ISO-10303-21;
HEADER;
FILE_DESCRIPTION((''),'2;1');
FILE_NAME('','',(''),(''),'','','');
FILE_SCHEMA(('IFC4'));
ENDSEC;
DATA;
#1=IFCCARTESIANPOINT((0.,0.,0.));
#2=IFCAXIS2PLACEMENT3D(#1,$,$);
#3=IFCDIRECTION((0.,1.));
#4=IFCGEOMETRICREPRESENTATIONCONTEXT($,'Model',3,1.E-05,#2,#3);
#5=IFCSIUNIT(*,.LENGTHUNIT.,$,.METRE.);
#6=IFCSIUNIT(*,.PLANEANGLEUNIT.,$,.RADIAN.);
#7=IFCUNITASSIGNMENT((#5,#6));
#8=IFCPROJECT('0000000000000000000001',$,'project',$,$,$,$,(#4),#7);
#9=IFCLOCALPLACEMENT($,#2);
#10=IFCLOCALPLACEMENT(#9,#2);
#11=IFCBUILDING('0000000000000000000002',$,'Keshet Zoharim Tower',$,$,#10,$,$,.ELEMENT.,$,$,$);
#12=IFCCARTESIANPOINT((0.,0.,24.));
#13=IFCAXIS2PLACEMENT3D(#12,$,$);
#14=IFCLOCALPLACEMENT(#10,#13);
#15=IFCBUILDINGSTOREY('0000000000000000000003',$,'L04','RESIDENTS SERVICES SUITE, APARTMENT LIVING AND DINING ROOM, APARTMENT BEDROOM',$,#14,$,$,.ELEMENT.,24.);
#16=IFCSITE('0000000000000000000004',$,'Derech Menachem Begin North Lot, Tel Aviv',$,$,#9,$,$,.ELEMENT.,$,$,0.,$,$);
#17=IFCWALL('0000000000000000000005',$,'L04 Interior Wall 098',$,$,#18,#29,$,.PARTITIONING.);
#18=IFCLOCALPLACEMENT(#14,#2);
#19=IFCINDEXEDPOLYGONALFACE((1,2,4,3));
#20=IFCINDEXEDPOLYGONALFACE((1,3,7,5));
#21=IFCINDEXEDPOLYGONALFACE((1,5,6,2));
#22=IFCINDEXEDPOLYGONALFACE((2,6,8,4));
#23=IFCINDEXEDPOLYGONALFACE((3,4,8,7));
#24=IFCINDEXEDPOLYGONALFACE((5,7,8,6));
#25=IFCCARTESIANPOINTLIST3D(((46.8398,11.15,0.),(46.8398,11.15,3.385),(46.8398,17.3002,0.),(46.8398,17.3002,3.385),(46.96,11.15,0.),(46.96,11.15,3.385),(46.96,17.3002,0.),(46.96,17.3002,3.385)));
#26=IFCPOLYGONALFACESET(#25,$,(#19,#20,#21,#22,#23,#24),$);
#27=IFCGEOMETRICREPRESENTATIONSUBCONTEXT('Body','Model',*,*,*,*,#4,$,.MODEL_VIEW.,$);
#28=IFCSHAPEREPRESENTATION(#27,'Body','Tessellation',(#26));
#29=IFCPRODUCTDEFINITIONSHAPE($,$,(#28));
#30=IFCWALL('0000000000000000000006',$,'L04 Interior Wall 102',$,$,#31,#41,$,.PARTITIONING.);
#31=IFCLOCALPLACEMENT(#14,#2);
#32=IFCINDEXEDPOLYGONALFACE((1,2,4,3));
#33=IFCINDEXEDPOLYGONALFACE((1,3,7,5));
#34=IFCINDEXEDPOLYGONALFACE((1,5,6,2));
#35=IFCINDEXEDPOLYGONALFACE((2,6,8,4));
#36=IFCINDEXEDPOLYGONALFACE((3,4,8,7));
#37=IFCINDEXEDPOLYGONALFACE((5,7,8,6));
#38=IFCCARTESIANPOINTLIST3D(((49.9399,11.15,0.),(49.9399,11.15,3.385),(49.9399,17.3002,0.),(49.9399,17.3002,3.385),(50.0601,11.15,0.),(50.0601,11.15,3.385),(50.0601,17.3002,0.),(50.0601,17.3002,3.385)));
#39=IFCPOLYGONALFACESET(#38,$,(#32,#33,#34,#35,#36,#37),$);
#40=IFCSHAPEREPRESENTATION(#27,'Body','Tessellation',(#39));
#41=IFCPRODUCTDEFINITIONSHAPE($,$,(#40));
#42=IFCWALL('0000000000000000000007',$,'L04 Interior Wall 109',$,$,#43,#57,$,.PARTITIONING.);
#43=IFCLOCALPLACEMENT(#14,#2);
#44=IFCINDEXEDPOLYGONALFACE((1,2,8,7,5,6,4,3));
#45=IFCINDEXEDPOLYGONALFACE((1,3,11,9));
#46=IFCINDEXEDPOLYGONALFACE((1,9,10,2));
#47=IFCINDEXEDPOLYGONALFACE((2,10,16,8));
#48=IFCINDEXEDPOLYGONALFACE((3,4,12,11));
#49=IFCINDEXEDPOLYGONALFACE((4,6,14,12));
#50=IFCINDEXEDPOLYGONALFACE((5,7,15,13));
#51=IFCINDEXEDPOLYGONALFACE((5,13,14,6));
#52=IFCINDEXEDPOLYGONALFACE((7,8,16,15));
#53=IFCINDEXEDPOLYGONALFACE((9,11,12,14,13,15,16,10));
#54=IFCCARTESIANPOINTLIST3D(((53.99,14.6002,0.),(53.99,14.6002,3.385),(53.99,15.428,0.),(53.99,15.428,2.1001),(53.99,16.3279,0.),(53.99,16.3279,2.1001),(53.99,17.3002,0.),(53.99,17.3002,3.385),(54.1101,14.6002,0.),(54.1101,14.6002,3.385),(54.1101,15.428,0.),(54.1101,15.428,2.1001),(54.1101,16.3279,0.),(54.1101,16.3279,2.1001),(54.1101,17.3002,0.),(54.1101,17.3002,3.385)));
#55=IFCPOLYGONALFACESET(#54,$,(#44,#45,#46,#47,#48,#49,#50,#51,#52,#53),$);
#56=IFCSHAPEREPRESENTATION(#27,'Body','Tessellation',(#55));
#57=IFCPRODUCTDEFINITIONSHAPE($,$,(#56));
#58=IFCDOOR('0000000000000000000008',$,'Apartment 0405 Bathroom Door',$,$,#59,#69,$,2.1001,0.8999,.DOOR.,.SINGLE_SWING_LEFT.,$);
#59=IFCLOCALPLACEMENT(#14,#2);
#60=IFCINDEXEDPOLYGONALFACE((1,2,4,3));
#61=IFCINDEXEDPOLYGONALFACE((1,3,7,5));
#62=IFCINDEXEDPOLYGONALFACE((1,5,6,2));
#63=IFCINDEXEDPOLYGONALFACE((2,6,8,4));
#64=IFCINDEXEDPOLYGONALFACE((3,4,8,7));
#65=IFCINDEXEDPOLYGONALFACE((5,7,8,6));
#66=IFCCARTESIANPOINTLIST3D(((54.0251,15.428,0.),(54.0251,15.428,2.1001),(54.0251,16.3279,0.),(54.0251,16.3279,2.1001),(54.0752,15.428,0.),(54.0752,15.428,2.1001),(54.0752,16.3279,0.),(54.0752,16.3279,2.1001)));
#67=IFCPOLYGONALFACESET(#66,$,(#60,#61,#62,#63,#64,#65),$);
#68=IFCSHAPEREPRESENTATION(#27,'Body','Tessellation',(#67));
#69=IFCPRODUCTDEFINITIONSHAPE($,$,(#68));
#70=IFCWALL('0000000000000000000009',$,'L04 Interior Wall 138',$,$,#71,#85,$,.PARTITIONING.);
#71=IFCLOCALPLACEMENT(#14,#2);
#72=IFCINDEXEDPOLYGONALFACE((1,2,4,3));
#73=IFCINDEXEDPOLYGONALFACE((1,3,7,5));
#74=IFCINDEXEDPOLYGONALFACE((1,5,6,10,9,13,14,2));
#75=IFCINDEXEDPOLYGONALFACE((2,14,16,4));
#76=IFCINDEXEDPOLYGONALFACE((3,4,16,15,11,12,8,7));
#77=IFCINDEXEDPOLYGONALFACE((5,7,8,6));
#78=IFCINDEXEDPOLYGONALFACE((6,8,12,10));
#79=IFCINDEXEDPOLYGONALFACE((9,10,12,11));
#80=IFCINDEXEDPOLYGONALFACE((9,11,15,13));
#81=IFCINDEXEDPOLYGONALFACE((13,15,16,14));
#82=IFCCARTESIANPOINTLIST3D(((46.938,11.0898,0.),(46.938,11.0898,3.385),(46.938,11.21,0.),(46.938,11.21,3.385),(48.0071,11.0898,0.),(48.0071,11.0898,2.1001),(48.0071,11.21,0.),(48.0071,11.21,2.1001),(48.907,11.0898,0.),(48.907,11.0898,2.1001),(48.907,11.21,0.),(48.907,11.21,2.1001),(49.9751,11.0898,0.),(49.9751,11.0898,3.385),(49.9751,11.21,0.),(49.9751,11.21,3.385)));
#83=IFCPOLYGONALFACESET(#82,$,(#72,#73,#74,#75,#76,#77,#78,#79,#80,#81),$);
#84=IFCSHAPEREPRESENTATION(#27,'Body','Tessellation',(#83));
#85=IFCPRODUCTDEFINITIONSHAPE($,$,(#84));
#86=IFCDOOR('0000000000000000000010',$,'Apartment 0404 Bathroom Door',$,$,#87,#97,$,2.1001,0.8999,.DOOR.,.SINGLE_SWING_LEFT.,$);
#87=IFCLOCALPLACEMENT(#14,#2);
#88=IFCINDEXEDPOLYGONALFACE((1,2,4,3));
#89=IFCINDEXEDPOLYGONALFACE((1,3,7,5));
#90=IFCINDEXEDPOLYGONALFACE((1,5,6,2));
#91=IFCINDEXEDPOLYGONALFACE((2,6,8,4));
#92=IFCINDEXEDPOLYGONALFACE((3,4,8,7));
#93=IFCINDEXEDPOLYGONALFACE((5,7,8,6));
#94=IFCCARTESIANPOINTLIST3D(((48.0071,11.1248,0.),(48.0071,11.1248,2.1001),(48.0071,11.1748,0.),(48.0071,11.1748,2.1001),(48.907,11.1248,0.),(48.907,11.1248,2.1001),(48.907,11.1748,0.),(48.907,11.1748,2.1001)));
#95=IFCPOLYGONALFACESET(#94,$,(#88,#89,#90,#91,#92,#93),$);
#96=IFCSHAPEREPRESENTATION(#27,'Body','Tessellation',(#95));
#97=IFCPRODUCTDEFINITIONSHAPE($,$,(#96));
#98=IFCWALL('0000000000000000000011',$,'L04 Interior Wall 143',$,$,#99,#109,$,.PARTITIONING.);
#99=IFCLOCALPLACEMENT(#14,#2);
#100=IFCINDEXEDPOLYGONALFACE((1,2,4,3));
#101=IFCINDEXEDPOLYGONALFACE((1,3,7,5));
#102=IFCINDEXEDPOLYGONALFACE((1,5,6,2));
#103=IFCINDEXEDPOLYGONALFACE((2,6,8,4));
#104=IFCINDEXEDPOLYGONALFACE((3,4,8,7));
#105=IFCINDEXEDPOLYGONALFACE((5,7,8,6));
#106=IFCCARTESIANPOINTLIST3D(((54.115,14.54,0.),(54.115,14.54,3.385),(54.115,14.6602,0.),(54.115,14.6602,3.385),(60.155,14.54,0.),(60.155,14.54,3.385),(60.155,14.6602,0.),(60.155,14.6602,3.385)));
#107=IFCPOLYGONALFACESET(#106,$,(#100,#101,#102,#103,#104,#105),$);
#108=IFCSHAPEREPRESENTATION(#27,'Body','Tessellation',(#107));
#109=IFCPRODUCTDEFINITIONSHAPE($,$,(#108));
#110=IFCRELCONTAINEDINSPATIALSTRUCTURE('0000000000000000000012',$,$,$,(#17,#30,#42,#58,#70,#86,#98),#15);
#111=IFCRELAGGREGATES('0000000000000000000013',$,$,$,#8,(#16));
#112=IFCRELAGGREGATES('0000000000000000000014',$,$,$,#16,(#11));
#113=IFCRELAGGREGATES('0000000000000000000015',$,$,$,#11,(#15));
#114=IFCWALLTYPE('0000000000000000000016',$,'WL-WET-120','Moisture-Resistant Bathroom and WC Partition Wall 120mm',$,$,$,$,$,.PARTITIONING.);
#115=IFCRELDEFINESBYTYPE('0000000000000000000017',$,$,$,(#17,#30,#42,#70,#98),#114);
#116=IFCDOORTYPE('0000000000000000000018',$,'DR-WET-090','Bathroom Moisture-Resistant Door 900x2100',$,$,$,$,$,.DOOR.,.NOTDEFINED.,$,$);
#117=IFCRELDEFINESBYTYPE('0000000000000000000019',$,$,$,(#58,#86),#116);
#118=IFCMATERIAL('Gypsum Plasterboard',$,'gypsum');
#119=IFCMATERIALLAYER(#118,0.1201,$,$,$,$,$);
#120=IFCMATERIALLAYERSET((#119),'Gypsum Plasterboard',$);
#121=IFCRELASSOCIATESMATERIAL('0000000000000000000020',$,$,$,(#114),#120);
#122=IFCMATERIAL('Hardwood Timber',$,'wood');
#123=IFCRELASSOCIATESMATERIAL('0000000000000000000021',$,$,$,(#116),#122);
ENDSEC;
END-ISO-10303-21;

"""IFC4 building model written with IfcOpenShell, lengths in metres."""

from ifc_helpers import new_model, si_unit, direction, frame, frame_2d, origin, place, context, subcontext, project, spatial, rectangle, extrude, material, layer, layer_set, type_object, element, fill, save


model = new_model("IFC4")

# Units and contexts
model_context = context("Model", 3, precision=1e-05, world=origin(), true_north=direction((0.0, 1.0)))
body_context = subcontext(model_context, "Body", "Model", "MODEL_VIEW")
ifc_project = project(units=[si_unit("LENGTHUNIT", "METRE"), si_unit("PLANEANGLEUNIT", "RADIAN")], contexts=[model_context])

# Site, building, storey
site_placement = place(None, origin())
site = spatial("IfcSite", under=ifc_project, at=site_placement, Name="Derech Menachem Begin North Lot, Tel Aviv", CompositionType="ELEMENT", RefElevation=0.0)
building_placement = place(site_placement, origin())
building = spatial("IfcBuilding", under=site, at=building_placement, Name="Keshet Zoharim Tower", CompositionType="ELEMENT")
storey_placement = place(building_placement, frame((0.0, 0.0, 24.0)))
storey = spatial("IfcBuildingStorey", under=building, at=storey_placement, Name="L04", Description="RESIDENTS SERVICES SUITE, APARTMENT LIVING AND DINING ROOM, APARTMENT BEDROOM", CompositionType="ELEMENT", Elevation=24.0)

# Shared definitions
ifc_material_1 = material(Name="Gypsum Plasterboard", Category="gypsum")

# Shared definitions
ifc_material_2 = material(Name="Hardwood Timber", Category="wood")

# Walls
ifc_layer_1 = layer(ifc_material_1, 0.1201)
ifc_layer_set_1 = layer_set([ifc_layer_1], Name="Gypsum Plasterboard")
wall_type_1 = type_object("IfcWallType", Name="WL-WET-120", Description="Moisture-Resistant Bathroom and WC Partition Wall 120mm", PredefinedType="PARTITIONING", material=ifc_layer_set_1)
for number, where, z_axis, x_axis, name in (
    (1, (46.8999, 11.1499, 0.0), (0.0, 0.0, 1.0), (0.0, 1.0, 0.0), "L04 Interior Wall 098"),
    (2, (50.0, 11.1499, 0.0), (0.0, 0.0, 1.0), (0.0, 1.0, 0.0), "L04 Interior Wall 102"),
):
    element("IfcWall", number, at=place(storey_placement, frame(where, z_axis=z_axis, x_axis=x_axis)), inside=storey, type_object=wall_type_1, Name=name, PredefinedType="PARTITIONING", context=body_context, shape_type="SweptSolid", body=[
        extrude(rectangle(XDim=6.1501, YDim=0.1201, at=frame_2d((3.0752, 0.0))), origin(), (0.0, 0.0, 1.0), 3.385),
    ])

# Walls, openings, doors
wall_1_placement = place(storey_placement, frame((54.05, 14.6001, 0.0), z_axis=(0.0, 0.0, 1.0), x_axis=(0.0, 1.0, 0.0)))
wall_1 = element("IfcWall", 3, at=wall_1_placement, inside=storey, type_object=wall_type_1, Name="L04 Interior Wall 109", PredefinedType="PARTITIONING", context=body_context, shape_type="SweptSolid", body=[
    extrude(rectangle(XDim=2.7, YDim=0.1201, at=frame_2d((1.3501, 0.0))), origin(), (0.0, 0.0, 1.0), 3.385),
])
opening_1_placement = place(wall_1_placement, frame((0.8279, 0.0, 0.0)))
opening_1 = element("IfcOpeningElement", 4, at=opening_1_placement, cuts=wall_1, PredefinedType="OPENING", context=body_context, shape_type="SweptSolid", body=[
    extrude(rectangle(XDim=0.8999, YDim=2.1001, at=frame_2d((0.45, 1.05))), frame((0.0, 0.0701, 0.0), z_axis=(0.0, -1.0, 0.0), x_axis=(1.0, 0.0, 0.0)), (0.0, 0.0, 1.0), 0.1401),
])
door_type_1 = type_object("IfcDoorType", Name="DR-WET-090", Description="Bathroom Moisture-Resistant Door 900x2100", OperationType="NOTDEFINED", PredefinedType="DOOR", material=ifc_material_2)
door_1_placement = place(opening_1_placement, origin())
door_1 = element("IfcDoor", 5, at=door_1_placement, inside=storey, type_object=door_type_1, Name="Apartment 0405 Bathroom Door", OperationType="SINGLE_SWING_LEFT", OverallHeight=2.1001, OverallWidth=0.8999, PredefinedType="DOOR", context=body_context, shape_type="SweptSolid", body=[
    extrude(rectangle(XDim=0.8999, YDim=2.1001, at=frame_2d((0.45, 1.05))), frame((0.0, 0.0249, 0.0), z_axis=(0.0, -1.0, 0.0), x_axis=(1.0, 0.0, 0.0)), (0.0, 0.0, 1.0), 0.05),
])
fill(opening_1, door_1)
wall_2_placement = place(storey_placement, frame((46.938, 11.1499, 0.0), z_axis=(0.0, 0.0, 1.0), x_axis=(1.0, 0.0, 0.0)))
wall_2 = element("IfcWall", 6, at=wall_2_placement, inside=storey, type_object=wall_type_1, Name="L04 Interior Wall 138", PredefinedType="PARTITIONING", context=body_context, shape_type="SweptSolid", body=[
    extrude(rectangle(XDim=3.0371, YDim=0.1201, at=frame_2d((1.5186, 0.0))), origin(), (0.0, 0.0, 1.0), 3.385),
])
opening_2_placement = place(wall_2_placement, frame((1.0691, 0.0, 0.0)))
opening_2 = element("IfcOpeningElement", 7, at=opening_2_placement, cuts=wall_2, PredefinedType="OPENING", context=body_context, shape_type="SweptSolid", body=[
    extrude(rectangle(XDim=0.8999, YDim=2.1001, at=frame_2d((0.45, 1.05))), frame((0.0, 0.0701, 0.0), z_axis=(0.0, -1.0, 0.0), x_axis=(1.0, 0.0, 0.0)), (0.0, 0.0, 1.0), 0.1401),
])
door_2_placement = place(opening_2_placement, origin())
door_2 = element("IfcDoor", 8, at=door_2_placement, inside=storey, type_object=door_type_1, Name="Apartment 0404 Bathroom Door", OperationType="SINGLE_SWING_LEFT", OverallHeight=2.1001, OverallWidth=0.8999, PredefinedType="DOOR", context=body_context, shape_type="SweptSolid", body=[
    extrude(rectangle(XDim=0.8999, YDim=2.1001, at=frame_2d((0.45, 1.05))), frame((0.0, 0.0249, 0.0), z_axis=(0.0, -1.0, 0.0), x_axis=(1.0, 0.0, 0.0)), (0.0, 0.0, 1.0), 0.05),
])
fill(opening_2, door_2)

# Wall
wall_3_placement = place(storey_placement, frame((54.115, 14.6001, 0.0), z_axis=(0.0, 0.0, 1.0), x_axis=(1.0, 0.0, 0.0)))
element("IfcWall", 9, at=wall_3_placement, inside=storey, type_object=wall_type_1, Name="L04 Interior Wall 143", PredefinedType="PARTITIONING", context=body_context, shape_type="SweptSolid", body=[
    extrude(rectangle(XDim=6.04, YDim=0.1201, at=frame_2d((3.02, 0.0))), origin(), (0.0, 0.0, 1.0), 3.385),
])

save(model, "model.ifc")
